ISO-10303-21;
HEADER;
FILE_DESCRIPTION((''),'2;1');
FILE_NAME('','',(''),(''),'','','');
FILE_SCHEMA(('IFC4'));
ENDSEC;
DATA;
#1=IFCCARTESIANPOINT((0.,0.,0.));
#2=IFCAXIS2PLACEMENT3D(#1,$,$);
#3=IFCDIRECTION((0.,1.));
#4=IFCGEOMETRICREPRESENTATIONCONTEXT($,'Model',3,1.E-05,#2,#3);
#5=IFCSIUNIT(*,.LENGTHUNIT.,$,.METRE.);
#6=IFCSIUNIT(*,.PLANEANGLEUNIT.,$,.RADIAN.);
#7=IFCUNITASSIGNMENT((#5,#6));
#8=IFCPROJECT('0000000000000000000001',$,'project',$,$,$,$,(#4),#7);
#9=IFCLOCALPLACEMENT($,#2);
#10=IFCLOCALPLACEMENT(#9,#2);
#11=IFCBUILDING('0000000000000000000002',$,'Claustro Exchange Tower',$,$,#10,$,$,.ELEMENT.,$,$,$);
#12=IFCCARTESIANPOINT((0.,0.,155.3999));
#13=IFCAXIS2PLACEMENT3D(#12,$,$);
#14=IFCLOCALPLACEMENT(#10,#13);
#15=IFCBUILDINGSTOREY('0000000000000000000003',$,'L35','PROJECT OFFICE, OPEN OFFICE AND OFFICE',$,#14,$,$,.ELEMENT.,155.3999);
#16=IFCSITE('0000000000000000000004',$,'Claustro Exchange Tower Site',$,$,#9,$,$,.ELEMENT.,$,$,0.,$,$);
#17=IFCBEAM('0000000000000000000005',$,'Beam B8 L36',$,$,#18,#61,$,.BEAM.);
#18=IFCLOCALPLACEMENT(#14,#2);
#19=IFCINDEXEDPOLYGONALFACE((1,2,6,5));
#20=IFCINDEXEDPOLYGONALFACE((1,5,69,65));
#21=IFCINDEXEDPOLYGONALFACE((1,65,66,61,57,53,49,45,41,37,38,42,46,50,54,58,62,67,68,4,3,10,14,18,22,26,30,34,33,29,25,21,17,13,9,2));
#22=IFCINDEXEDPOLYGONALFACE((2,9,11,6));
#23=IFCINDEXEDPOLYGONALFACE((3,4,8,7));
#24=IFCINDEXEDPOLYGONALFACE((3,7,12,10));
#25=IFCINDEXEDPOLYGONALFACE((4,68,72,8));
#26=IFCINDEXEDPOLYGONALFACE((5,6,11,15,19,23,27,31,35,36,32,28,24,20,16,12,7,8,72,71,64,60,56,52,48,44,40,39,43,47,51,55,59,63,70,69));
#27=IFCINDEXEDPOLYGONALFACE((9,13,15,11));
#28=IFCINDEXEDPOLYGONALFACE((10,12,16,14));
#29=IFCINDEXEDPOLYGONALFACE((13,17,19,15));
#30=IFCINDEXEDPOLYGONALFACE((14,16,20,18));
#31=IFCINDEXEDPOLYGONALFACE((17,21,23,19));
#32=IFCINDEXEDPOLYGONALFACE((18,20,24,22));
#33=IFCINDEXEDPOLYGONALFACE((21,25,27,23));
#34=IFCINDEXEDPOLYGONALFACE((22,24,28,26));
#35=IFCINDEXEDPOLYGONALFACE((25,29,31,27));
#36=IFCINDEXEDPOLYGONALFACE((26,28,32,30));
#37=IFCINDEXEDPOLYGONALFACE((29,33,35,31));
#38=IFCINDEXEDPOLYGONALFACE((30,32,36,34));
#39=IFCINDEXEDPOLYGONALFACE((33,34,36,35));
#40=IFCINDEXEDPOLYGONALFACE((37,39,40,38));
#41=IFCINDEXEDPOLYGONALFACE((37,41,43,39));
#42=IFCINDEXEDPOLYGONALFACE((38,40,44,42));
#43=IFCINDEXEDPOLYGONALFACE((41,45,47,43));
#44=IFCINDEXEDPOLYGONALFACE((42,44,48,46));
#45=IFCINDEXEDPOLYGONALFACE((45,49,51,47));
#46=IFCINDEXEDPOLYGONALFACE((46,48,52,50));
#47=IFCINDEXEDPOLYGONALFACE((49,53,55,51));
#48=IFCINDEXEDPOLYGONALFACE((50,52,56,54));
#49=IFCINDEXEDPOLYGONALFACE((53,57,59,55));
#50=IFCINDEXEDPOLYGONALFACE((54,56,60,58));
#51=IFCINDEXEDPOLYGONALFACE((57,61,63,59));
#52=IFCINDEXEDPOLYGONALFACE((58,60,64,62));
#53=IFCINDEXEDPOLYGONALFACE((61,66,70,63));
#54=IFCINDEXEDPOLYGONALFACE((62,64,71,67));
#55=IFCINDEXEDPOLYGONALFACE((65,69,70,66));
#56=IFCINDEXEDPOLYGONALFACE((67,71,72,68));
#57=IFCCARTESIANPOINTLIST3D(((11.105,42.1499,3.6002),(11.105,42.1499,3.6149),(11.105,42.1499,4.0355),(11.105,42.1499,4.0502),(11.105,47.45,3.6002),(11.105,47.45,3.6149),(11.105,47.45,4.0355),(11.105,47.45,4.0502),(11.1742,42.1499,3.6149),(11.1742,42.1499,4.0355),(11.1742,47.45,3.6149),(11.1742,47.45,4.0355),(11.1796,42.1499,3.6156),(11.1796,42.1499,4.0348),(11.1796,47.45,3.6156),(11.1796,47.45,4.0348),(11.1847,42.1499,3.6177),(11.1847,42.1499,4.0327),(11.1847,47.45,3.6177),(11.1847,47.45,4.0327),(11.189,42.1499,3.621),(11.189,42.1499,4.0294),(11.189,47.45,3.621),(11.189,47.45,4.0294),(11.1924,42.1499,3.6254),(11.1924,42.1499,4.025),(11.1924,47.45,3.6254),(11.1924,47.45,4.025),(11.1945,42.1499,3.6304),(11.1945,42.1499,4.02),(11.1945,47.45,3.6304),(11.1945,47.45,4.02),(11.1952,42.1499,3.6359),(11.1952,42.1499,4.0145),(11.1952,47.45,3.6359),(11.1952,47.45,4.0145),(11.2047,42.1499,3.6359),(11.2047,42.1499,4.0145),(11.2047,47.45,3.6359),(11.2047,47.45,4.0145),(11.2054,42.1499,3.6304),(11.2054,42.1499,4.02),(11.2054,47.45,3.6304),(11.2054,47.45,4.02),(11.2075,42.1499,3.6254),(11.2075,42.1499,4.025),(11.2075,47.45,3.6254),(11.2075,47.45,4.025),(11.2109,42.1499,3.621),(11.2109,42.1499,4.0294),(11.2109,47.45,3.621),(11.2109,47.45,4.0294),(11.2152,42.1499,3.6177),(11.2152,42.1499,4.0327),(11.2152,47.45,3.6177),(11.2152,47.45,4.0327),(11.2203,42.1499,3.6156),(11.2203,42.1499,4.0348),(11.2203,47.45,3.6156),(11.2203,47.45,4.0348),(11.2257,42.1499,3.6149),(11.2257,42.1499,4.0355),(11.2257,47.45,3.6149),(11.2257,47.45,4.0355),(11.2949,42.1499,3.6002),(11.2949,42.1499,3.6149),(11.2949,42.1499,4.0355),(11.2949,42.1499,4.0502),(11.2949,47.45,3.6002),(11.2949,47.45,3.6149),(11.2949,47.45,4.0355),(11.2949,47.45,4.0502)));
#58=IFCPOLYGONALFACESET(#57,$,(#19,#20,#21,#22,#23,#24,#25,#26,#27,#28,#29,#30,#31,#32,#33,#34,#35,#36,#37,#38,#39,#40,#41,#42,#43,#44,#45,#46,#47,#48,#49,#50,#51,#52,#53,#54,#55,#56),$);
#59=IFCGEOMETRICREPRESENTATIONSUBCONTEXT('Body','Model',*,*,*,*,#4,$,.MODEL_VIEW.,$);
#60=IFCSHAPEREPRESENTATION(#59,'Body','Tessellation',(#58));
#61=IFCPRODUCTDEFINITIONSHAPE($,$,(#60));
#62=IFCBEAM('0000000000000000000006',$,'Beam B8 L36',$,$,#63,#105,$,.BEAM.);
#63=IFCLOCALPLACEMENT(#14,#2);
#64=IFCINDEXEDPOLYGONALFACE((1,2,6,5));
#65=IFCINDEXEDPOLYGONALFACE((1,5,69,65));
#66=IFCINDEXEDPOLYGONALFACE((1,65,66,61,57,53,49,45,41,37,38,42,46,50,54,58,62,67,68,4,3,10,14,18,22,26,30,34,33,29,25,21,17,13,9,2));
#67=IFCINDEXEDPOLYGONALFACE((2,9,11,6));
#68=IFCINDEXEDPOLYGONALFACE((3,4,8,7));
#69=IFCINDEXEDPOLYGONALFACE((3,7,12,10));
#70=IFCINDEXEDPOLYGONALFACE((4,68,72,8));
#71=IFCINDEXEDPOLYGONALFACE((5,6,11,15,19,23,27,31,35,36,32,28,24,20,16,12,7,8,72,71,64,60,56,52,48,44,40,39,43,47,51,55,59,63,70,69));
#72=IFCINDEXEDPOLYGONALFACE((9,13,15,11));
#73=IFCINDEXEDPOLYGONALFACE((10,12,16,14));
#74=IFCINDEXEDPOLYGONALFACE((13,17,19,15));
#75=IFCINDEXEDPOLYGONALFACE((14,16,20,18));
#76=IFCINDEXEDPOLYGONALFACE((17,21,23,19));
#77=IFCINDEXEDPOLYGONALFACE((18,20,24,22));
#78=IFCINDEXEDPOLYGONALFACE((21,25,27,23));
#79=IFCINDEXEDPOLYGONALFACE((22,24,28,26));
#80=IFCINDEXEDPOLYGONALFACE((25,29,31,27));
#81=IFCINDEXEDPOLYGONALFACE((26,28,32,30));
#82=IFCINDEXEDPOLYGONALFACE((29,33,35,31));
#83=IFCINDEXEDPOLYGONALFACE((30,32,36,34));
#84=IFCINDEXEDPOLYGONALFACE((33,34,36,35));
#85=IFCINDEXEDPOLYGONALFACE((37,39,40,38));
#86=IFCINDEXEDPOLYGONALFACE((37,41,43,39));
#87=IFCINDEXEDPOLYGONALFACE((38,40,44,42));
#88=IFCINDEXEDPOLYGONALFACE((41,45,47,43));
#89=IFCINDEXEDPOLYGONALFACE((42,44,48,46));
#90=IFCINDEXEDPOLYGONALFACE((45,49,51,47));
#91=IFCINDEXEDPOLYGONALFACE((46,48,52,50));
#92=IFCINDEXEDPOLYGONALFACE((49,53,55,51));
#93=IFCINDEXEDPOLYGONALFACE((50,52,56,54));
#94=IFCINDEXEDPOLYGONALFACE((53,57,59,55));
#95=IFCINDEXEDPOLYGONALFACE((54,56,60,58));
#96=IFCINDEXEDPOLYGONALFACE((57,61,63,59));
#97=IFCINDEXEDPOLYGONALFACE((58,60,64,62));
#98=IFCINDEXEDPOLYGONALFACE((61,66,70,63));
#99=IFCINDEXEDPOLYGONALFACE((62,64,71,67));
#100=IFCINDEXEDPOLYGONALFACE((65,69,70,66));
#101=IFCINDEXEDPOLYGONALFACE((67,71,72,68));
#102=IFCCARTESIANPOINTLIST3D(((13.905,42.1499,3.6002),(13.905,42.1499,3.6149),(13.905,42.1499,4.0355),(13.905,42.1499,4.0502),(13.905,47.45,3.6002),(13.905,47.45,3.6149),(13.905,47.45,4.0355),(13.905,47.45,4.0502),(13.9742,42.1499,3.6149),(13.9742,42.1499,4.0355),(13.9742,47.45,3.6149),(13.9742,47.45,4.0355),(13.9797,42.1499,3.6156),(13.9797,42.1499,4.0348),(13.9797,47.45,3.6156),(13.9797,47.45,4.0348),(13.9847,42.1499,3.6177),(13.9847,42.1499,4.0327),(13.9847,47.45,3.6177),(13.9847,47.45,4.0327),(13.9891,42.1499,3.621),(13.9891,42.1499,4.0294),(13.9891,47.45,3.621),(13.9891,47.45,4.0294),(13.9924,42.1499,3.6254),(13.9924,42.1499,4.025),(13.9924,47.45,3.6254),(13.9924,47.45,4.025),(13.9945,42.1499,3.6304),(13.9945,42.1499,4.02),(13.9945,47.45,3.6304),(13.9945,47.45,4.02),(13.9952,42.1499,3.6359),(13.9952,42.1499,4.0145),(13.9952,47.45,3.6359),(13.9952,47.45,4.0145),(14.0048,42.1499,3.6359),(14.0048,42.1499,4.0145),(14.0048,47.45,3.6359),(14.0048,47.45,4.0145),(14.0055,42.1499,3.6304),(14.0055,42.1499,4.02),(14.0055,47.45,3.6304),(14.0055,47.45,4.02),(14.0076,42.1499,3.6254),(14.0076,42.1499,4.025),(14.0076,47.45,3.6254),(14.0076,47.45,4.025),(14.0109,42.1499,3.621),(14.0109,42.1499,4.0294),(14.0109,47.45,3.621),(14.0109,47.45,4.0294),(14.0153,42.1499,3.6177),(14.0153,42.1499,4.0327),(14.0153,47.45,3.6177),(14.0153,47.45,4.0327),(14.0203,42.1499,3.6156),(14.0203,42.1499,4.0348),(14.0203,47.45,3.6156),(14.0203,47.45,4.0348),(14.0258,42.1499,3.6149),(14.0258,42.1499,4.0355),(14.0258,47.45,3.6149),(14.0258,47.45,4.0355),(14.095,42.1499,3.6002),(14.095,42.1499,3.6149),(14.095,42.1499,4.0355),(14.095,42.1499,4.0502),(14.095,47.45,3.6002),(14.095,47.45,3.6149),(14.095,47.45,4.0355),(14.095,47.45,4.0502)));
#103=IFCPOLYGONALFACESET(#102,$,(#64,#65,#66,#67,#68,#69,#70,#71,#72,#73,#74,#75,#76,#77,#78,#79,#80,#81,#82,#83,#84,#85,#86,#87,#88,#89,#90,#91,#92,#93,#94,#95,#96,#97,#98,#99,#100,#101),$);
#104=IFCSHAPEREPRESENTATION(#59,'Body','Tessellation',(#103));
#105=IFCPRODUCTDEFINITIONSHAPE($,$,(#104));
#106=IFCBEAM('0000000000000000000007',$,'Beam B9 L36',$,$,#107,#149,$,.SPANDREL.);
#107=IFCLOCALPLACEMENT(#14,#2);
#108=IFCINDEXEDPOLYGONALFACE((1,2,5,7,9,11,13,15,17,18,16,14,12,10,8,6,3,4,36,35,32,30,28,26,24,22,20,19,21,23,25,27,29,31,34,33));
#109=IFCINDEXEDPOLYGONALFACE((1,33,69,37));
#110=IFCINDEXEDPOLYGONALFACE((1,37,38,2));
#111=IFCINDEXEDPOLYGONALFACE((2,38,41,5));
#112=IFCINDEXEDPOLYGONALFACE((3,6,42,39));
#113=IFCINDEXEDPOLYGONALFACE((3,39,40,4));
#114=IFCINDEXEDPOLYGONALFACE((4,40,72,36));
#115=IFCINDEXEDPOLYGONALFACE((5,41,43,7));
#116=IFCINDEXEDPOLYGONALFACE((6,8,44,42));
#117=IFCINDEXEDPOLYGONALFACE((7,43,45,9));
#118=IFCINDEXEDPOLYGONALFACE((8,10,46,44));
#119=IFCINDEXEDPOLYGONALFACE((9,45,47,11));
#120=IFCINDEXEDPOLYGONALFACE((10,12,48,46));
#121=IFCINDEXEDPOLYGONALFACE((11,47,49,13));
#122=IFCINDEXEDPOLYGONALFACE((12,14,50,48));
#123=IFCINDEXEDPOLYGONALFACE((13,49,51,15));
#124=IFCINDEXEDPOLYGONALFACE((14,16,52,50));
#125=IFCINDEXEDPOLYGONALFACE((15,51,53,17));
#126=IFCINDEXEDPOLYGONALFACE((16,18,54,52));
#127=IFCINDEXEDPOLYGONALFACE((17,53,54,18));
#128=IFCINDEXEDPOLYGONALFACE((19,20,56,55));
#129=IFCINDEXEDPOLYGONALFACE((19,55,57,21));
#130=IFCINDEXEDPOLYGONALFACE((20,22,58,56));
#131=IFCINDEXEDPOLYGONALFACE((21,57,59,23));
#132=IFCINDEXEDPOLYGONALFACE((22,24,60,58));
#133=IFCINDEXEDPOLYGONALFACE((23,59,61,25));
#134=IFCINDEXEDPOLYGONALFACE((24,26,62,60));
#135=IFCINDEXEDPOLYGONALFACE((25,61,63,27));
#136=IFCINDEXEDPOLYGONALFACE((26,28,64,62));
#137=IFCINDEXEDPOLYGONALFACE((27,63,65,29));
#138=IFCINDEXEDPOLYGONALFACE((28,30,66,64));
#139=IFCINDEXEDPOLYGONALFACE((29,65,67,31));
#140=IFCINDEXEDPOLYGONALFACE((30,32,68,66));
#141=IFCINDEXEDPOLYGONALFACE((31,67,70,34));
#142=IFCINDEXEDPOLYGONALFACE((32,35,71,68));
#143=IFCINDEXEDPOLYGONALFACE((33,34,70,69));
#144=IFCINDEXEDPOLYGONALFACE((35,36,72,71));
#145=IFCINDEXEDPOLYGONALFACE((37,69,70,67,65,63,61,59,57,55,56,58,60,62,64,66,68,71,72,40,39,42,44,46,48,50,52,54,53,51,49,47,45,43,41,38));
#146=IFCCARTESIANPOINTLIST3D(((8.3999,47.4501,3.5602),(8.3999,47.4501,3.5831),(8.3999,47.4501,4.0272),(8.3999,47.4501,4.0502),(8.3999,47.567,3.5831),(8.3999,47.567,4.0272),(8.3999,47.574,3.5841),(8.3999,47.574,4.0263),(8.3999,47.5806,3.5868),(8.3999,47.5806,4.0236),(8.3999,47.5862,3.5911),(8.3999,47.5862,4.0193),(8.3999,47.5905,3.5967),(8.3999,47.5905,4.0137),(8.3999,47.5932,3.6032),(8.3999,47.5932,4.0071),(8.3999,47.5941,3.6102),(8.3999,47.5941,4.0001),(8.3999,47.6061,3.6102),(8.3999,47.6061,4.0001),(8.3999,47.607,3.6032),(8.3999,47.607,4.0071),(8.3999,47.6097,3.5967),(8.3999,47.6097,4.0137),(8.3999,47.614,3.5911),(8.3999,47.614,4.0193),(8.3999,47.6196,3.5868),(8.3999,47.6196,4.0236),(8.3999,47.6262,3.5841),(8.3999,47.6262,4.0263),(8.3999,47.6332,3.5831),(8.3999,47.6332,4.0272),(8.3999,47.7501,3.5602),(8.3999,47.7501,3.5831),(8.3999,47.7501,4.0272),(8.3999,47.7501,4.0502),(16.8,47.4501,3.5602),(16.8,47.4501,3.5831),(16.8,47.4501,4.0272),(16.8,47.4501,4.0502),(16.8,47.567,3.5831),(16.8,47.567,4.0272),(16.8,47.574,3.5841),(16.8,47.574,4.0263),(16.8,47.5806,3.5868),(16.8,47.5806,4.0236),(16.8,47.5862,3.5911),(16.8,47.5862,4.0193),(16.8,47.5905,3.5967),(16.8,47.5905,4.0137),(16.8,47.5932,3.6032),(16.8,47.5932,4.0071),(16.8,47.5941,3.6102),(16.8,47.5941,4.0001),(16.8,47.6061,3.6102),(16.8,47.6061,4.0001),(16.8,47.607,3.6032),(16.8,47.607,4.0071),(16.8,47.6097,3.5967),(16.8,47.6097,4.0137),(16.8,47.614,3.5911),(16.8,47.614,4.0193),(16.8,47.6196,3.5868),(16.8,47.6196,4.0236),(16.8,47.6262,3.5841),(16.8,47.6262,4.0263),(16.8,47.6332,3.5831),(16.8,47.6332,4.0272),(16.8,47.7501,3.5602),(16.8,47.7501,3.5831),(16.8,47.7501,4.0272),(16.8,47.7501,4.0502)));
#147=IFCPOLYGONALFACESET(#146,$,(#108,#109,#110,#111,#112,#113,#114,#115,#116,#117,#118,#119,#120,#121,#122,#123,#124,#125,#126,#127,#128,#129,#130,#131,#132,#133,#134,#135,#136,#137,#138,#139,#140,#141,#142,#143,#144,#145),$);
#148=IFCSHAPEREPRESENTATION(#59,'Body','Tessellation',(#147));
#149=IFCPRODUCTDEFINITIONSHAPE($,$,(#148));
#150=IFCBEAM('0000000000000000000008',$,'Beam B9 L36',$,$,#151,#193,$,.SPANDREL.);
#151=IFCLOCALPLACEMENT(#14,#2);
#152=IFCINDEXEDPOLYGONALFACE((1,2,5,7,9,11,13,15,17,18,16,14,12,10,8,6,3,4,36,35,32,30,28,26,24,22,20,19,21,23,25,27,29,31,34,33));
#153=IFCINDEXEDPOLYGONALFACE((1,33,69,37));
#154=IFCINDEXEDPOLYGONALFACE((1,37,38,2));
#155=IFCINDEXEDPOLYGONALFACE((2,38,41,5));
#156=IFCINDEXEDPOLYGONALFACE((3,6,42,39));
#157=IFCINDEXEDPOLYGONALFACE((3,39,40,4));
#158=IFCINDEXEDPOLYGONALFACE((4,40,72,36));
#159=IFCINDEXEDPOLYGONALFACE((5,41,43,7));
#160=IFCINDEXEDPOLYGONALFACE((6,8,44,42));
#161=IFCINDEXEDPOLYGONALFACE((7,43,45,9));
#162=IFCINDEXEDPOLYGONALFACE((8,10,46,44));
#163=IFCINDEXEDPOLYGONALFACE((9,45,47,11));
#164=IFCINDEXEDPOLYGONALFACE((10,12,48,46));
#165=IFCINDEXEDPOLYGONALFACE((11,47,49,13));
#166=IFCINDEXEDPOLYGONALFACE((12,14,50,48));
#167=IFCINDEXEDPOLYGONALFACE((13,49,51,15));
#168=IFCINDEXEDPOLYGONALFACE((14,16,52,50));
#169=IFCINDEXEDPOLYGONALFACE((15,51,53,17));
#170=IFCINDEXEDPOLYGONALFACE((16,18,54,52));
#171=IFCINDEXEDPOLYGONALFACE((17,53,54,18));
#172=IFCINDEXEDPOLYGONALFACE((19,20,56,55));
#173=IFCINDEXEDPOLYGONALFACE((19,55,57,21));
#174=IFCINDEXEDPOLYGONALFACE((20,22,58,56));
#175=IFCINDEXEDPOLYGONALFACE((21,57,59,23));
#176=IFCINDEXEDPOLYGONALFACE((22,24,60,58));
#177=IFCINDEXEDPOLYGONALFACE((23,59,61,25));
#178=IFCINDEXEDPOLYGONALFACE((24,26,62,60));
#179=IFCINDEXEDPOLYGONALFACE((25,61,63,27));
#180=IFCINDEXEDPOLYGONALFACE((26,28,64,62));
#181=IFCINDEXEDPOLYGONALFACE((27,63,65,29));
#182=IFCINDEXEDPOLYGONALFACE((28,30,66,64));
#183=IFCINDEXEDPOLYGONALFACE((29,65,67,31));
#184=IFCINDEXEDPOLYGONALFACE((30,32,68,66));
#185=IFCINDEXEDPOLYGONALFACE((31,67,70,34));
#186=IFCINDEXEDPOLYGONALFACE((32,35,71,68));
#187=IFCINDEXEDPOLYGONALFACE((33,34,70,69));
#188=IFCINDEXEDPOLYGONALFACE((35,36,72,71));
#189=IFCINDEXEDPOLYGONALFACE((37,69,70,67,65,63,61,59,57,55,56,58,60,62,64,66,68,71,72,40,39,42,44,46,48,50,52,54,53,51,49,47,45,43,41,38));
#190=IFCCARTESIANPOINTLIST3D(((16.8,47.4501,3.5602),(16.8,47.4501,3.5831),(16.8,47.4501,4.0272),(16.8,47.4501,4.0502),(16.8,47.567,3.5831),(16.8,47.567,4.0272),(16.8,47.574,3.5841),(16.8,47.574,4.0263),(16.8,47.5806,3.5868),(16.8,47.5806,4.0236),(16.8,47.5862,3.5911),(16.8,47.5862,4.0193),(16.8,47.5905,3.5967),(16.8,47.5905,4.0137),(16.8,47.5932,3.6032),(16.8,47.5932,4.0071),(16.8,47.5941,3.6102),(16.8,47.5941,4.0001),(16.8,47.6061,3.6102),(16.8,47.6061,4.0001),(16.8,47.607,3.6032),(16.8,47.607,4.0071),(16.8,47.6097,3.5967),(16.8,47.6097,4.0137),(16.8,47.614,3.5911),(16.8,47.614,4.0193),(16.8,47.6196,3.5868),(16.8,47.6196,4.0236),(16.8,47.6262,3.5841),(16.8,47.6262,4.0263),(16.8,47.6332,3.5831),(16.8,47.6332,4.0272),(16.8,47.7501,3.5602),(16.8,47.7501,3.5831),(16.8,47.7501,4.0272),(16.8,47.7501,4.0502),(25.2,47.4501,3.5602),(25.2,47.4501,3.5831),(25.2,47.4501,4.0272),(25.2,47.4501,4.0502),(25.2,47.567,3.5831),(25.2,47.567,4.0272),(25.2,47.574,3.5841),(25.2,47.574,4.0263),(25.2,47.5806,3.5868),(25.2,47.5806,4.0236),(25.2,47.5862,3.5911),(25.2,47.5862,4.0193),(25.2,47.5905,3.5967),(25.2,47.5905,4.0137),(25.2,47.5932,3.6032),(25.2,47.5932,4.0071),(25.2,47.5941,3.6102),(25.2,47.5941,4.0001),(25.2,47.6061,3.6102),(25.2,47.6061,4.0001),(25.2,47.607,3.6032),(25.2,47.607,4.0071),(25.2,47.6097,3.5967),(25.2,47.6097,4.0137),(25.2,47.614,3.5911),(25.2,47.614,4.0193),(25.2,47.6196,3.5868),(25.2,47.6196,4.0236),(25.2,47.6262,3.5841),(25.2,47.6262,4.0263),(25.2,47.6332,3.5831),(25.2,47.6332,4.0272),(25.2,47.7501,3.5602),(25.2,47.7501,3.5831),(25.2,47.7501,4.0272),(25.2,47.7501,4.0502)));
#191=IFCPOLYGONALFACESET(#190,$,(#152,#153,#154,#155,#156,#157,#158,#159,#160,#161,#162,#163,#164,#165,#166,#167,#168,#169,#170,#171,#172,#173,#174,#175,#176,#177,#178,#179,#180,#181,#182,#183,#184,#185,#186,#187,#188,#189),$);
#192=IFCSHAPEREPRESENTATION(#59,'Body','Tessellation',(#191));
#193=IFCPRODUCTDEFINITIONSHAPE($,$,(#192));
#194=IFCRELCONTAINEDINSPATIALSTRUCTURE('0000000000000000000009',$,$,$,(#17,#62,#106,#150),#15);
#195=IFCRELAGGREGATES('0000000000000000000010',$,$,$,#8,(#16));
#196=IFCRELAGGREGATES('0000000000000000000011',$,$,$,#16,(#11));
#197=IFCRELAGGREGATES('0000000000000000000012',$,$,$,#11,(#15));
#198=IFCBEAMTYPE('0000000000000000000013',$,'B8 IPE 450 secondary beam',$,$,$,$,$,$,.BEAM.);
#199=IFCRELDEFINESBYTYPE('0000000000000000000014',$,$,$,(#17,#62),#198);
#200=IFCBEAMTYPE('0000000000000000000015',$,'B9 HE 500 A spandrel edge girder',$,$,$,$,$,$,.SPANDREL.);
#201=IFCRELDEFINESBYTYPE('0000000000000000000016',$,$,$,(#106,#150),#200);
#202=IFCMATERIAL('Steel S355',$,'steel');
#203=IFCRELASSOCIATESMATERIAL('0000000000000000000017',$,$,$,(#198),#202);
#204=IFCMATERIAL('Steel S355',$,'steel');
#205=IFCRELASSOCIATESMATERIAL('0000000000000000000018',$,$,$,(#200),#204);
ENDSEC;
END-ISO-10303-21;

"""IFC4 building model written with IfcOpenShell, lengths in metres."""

from ifc_helpers import new_model, si_unit, direction, frame, origin, origin_2d, place, context, subcontext, project, spatial, i_section, extrude, material, material_profile, profile_set, type_object, element, save


model = new_model("IFC4")

# Units and contexts
model_context = context("Model", 3, precision=1e-05, world=origin(), true_north=direction((0.0, 1.0)))
body_context = subcontext(model_context, "Body", "Model", "MODEL_VIEW")
ifc_project = project(units=[si_unit("LENGTHUNIT", "METRE"), si_unit("PLANEANGLEUNIT", "RADIAN")], contexts=[model_context])

# Site, building, storey
site_placement = place(None, origin())
site = spatial("IfcSite", under=ifc_project, at=site_placement, Name="Claustro Exchange Tower Site", CompositionType="ELEMENT", RefElevation=0.0)
building_placement = place(site_placement, origin())
building = spatial("IfcBuilding", under=site, at=building_placement, Name="Claustro Exchange Tower", CompositionType="ELEMENT")
storey_placement = place(building_placement, frame((0.0, 0.0, 155.3999)))
storey = spatial("IfcBuildingStorey", under=building, at=storey_placement, Name="L35", Description="PROJECT OFFICE, OPEN OFFICE AND OFFICE", CompositionType="ELEMENT", Elevation=155.3999)

# Beams
ifc_material_1 = material(Name="Steel S355", Category="steel")
ifc_material_profile_1 = material_profile(ifc_material_1, i_section(OverallWidth=0.1899, OverallDepth=0.45, WebThickness=0.0095, FlangeThickness=0.0146, FilletRadius=0.021, at=origin_2d()), Name="IPE 450")
ifc_profile_set_1 = profile_set([ifc_material_profile_1], Name="Steel S355")
beam_type_1 = type_object("IfcBeamType", Name="B8 IPE 450 secondary beam", PredefinedType="BEAM", material=ifc_profile_set_1)
for number, where, z_axis, x_axis, name in (
    (1, (11.2, 42.1499, 3.8252), (0.0, 1.0, 0.0), (-1.0, 0.0, 0.0), "Beam B8 L36"),
    (2, (14.0, 42.1499, 3.8252), (0.0, 1.0, 0.0), (-1.0, 0.0, 0.0), "Beam B8 L36"),
):
    element("IfcBeam", number, at=place(storey_placement, frame(where, z_axis=z_axis, x_axis=x_axis)), inside=storey, type_object=beam_type_1, Name=name, PredefinedType="BEAM", context=body_context, shape_type="SweptSolid", body=[
        extrude(i_section(OverallWidth=0.1899, OverallDepth=0.45, WebThickness=0.0095, FlangeThickness=0.0146, FilletRadius=0.021, at=origin_2d()), origin(), (0.0, 0.0, 1.0), 5.3),
    ])
ifc_material_2 = material(Name="Steel S355", Category="steel")
ifc_material_profile_2 = material_profile(ifc_material_2, i_section(OverallWidth=0.3, OverallDepth=0.49, WebThickness=0.012, FlangeThickness=0.0229, FilletRadius=0.0271, at=origin_2d()), Name="HE 500 A")
ifc_profile_set_2 = profile_set([ifc_material_profile_2], Name="Steel S355")
beam_type_2 = type_object("IfcBeamType", Name="B9 HE 500 A spandrel edge girder", PredefinedType="SPANDREL", material=ifc_profile_set_2)
beam_1_placement = place(storey_placement, frame((8.3999, 47.6001, 3.8052), z_axis=(1.0, 0.0, 0.0), x_axis=(0.0, 1.0, 0.0)))
element("IfcBeam", 3, at=beam_1_placement, inside=storey, type_object=beam_type_2, Name="Beam B9 L36", PredefinedType="SPANDREL", context=body_context, shape_type="SweptSolid", body=[
    extrude(i_section(OverallWidth=0.3, OverallDepth=0.49, WebThickness=0.012, FlangeThickness=0.0229, FilletRadius=0.0271, at=origin_2d()), origin(), (0.0, 0.0, 1.0), 8.4001),
])
beam_2_placement = place(storey_placement, frame((16.8, 47.6001, 3.8052), z_axis=(1.0, 0.0, 0.0), x_axis=(0.0, 1.0, 0.0)))
element("IfcBeam", 4, at=beam_2_placement, inside=storey, type_object=beam_type_2, Name="Beam B9 L36", PredefinedType="SPANDREL", context=body_context, shape_type="SweptSolid", body=[
    extrude(i_section(OverallWidth=0.3, OverallDepth=0.49, WebThickness=0.012, FlangeThickness=0.0229, FilletRadius=0.0271, at=origin_2d()), origin(), (0.0, 0.0, 1.0), 8.3999),
])

save(model, "model.ifc")
